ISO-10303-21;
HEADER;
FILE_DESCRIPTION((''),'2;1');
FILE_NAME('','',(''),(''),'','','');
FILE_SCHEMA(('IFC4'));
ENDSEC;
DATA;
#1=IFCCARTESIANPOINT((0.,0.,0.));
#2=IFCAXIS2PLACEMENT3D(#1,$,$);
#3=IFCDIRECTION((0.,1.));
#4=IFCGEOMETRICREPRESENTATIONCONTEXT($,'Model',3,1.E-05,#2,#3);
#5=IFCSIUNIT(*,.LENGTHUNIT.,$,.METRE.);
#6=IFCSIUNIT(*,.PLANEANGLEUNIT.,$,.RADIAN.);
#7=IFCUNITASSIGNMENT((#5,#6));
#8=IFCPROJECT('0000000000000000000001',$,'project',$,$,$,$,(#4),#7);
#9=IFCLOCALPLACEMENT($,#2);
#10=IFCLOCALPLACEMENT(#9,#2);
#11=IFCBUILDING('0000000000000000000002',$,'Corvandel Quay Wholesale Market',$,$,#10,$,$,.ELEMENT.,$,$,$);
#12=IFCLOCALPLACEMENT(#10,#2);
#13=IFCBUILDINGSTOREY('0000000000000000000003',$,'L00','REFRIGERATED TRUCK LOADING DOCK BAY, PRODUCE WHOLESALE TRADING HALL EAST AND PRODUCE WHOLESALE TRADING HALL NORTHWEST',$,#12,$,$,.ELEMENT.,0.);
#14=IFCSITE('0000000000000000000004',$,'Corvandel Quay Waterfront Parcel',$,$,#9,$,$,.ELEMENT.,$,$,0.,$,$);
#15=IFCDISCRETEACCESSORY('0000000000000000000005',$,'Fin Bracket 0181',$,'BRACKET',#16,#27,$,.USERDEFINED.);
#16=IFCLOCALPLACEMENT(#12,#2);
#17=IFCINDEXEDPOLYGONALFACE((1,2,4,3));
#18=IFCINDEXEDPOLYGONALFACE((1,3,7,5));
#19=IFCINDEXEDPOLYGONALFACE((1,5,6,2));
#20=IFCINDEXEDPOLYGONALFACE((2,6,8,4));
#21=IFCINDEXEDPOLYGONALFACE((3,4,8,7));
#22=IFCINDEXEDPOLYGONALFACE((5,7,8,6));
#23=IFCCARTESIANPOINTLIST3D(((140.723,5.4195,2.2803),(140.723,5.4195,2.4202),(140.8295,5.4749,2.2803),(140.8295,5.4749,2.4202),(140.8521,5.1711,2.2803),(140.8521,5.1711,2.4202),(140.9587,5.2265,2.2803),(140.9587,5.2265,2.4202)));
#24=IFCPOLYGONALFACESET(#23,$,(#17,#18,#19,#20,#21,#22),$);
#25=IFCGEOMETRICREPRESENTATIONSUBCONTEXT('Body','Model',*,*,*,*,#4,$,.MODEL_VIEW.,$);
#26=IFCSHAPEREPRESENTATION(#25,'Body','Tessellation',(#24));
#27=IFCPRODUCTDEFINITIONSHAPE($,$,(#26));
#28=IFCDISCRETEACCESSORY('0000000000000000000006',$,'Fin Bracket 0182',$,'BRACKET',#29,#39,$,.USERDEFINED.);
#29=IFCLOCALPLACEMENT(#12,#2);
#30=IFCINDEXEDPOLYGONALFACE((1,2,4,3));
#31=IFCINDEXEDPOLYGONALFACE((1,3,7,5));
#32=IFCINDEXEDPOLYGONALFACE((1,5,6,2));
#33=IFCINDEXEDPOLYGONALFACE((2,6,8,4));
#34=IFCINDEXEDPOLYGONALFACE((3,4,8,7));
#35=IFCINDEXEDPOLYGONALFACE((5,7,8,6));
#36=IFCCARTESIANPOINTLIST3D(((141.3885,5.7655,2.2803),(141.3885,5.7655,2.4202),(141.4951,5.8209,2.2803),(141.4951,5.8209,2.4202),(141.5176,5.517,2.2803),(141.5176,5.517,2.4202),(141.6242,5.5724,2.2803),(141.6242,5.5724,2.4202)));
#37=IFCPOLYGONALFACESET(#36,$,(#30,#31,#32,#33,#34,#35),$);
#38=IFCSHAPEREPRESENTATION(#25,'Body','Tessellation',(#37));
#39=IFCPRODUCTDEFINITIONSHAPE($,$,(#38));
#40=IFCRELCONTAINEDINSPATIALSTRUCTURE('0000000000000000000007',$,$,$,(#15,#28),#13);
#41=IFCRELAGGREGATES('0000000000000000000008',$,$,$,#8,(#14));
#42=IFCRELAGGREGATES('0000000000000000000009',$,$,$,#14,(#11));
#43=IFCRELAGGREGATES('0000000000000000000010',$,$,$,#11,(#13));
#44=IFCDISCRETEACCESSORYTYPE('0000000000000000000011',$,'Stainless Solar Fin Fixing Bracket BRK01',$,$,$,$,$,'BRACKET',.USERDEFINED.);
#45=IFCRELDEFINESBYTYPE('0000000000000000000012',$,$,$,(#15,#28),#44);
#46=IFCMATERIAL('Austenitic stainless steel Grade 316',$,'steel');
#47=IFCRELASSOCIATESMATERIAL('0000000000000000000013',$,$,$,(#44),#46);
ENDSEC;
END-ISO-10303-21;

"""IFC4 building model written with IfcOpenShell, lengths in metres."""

from ifc_helpers import new_model, si_unit, direction, frame, origin, origin_2d, place, context, subcontext, project, spatial, rectangle, extrude, material, type_object, element, save


model = new_model("IFC4")

# Units and contexts
model_context = context("Model", 3, precision=1e-05, world=origin(), true_north=direction((0.0, 1.0)))
body_context = subcontext(model_context, "Body", "Model", "MODEL_VIEW")
ifc_project = project(units=[si_unit("LENGTHUNIT", "METRE"), si_unit("PLANEANGLEUNIT", "RADIAN")], contexts=[model_context])

# Site, building, storey
site_placement = place(None, origin())
site = spatial("IfcSite", under=ifc_project, at=site_placement, Name="Corvandel Quay Waterfront Parcel", CompositionType="ELEMENT", RefElevation=0.0)
building_placement = place(site_placement, origin())
building = spatial("IfcBuilding", under=site, at=building_placement, Name="Corvandel Quay Wholesale Market", CompositionType="ELEMENT")
storey_placement = place(building_placement, origin())
storey = spatial("IfcBuildingStorey", under=building, at=storey_placement, Name="L00", Description="REFRIGERATED TRUCK LOADING DOCK BAY, PRODUCE WHOLESALE TRADING HALL EAST AND PRODUCE WHOLESALE TRADING HALL NORTHWEST", CompositionType="ELEMENT", Elevation=0.0)

# Discrete accessories
ifc_material_1 = material(Name="Austenitic stainless steel Grade 316", Category="steel")
discrete_accessory_type = type_object("IfcDiscreteAccessoryType", Name="Stainless Solar Fin Fixing Bracket BRK01", ElementType="BRACKET", PredefinedType="USERDEFINED", material=ifc_material_1)
for number, where, z_axis, x_axis, name in (
    (1, (140.8408, 5.323, 2.2803), (0.0, 0.0, 1.0), (-0.461129, 0.887333, 0.0), "Fin Bracket 0181"),
    (2, (141.5063, 5.6689, 2.2803), (0.0, 0.0, 1.0), (-0.461129, 0.887333, 0.0), "Fin Bracket 0182"),
):
    element("IfcDiscreteAccessory", number, at=place(storey_placement, frame(where, z_axis=z_axis, x_axis=x_axis)), inside=storey, type_object=discrete_accessory_type, Name=name, ObjectType="BRACKET", PredefinedType="USERDEFINED", context=body_context, shape_type="SweptSolid", body=[
        extrude(rectangle(XDim=0.28, YDim=0.1201, at=origin_2d()), origin(), (0.0, 0.0, 1.0), 0.1399),
    ])

save(model, "model.ifc")
